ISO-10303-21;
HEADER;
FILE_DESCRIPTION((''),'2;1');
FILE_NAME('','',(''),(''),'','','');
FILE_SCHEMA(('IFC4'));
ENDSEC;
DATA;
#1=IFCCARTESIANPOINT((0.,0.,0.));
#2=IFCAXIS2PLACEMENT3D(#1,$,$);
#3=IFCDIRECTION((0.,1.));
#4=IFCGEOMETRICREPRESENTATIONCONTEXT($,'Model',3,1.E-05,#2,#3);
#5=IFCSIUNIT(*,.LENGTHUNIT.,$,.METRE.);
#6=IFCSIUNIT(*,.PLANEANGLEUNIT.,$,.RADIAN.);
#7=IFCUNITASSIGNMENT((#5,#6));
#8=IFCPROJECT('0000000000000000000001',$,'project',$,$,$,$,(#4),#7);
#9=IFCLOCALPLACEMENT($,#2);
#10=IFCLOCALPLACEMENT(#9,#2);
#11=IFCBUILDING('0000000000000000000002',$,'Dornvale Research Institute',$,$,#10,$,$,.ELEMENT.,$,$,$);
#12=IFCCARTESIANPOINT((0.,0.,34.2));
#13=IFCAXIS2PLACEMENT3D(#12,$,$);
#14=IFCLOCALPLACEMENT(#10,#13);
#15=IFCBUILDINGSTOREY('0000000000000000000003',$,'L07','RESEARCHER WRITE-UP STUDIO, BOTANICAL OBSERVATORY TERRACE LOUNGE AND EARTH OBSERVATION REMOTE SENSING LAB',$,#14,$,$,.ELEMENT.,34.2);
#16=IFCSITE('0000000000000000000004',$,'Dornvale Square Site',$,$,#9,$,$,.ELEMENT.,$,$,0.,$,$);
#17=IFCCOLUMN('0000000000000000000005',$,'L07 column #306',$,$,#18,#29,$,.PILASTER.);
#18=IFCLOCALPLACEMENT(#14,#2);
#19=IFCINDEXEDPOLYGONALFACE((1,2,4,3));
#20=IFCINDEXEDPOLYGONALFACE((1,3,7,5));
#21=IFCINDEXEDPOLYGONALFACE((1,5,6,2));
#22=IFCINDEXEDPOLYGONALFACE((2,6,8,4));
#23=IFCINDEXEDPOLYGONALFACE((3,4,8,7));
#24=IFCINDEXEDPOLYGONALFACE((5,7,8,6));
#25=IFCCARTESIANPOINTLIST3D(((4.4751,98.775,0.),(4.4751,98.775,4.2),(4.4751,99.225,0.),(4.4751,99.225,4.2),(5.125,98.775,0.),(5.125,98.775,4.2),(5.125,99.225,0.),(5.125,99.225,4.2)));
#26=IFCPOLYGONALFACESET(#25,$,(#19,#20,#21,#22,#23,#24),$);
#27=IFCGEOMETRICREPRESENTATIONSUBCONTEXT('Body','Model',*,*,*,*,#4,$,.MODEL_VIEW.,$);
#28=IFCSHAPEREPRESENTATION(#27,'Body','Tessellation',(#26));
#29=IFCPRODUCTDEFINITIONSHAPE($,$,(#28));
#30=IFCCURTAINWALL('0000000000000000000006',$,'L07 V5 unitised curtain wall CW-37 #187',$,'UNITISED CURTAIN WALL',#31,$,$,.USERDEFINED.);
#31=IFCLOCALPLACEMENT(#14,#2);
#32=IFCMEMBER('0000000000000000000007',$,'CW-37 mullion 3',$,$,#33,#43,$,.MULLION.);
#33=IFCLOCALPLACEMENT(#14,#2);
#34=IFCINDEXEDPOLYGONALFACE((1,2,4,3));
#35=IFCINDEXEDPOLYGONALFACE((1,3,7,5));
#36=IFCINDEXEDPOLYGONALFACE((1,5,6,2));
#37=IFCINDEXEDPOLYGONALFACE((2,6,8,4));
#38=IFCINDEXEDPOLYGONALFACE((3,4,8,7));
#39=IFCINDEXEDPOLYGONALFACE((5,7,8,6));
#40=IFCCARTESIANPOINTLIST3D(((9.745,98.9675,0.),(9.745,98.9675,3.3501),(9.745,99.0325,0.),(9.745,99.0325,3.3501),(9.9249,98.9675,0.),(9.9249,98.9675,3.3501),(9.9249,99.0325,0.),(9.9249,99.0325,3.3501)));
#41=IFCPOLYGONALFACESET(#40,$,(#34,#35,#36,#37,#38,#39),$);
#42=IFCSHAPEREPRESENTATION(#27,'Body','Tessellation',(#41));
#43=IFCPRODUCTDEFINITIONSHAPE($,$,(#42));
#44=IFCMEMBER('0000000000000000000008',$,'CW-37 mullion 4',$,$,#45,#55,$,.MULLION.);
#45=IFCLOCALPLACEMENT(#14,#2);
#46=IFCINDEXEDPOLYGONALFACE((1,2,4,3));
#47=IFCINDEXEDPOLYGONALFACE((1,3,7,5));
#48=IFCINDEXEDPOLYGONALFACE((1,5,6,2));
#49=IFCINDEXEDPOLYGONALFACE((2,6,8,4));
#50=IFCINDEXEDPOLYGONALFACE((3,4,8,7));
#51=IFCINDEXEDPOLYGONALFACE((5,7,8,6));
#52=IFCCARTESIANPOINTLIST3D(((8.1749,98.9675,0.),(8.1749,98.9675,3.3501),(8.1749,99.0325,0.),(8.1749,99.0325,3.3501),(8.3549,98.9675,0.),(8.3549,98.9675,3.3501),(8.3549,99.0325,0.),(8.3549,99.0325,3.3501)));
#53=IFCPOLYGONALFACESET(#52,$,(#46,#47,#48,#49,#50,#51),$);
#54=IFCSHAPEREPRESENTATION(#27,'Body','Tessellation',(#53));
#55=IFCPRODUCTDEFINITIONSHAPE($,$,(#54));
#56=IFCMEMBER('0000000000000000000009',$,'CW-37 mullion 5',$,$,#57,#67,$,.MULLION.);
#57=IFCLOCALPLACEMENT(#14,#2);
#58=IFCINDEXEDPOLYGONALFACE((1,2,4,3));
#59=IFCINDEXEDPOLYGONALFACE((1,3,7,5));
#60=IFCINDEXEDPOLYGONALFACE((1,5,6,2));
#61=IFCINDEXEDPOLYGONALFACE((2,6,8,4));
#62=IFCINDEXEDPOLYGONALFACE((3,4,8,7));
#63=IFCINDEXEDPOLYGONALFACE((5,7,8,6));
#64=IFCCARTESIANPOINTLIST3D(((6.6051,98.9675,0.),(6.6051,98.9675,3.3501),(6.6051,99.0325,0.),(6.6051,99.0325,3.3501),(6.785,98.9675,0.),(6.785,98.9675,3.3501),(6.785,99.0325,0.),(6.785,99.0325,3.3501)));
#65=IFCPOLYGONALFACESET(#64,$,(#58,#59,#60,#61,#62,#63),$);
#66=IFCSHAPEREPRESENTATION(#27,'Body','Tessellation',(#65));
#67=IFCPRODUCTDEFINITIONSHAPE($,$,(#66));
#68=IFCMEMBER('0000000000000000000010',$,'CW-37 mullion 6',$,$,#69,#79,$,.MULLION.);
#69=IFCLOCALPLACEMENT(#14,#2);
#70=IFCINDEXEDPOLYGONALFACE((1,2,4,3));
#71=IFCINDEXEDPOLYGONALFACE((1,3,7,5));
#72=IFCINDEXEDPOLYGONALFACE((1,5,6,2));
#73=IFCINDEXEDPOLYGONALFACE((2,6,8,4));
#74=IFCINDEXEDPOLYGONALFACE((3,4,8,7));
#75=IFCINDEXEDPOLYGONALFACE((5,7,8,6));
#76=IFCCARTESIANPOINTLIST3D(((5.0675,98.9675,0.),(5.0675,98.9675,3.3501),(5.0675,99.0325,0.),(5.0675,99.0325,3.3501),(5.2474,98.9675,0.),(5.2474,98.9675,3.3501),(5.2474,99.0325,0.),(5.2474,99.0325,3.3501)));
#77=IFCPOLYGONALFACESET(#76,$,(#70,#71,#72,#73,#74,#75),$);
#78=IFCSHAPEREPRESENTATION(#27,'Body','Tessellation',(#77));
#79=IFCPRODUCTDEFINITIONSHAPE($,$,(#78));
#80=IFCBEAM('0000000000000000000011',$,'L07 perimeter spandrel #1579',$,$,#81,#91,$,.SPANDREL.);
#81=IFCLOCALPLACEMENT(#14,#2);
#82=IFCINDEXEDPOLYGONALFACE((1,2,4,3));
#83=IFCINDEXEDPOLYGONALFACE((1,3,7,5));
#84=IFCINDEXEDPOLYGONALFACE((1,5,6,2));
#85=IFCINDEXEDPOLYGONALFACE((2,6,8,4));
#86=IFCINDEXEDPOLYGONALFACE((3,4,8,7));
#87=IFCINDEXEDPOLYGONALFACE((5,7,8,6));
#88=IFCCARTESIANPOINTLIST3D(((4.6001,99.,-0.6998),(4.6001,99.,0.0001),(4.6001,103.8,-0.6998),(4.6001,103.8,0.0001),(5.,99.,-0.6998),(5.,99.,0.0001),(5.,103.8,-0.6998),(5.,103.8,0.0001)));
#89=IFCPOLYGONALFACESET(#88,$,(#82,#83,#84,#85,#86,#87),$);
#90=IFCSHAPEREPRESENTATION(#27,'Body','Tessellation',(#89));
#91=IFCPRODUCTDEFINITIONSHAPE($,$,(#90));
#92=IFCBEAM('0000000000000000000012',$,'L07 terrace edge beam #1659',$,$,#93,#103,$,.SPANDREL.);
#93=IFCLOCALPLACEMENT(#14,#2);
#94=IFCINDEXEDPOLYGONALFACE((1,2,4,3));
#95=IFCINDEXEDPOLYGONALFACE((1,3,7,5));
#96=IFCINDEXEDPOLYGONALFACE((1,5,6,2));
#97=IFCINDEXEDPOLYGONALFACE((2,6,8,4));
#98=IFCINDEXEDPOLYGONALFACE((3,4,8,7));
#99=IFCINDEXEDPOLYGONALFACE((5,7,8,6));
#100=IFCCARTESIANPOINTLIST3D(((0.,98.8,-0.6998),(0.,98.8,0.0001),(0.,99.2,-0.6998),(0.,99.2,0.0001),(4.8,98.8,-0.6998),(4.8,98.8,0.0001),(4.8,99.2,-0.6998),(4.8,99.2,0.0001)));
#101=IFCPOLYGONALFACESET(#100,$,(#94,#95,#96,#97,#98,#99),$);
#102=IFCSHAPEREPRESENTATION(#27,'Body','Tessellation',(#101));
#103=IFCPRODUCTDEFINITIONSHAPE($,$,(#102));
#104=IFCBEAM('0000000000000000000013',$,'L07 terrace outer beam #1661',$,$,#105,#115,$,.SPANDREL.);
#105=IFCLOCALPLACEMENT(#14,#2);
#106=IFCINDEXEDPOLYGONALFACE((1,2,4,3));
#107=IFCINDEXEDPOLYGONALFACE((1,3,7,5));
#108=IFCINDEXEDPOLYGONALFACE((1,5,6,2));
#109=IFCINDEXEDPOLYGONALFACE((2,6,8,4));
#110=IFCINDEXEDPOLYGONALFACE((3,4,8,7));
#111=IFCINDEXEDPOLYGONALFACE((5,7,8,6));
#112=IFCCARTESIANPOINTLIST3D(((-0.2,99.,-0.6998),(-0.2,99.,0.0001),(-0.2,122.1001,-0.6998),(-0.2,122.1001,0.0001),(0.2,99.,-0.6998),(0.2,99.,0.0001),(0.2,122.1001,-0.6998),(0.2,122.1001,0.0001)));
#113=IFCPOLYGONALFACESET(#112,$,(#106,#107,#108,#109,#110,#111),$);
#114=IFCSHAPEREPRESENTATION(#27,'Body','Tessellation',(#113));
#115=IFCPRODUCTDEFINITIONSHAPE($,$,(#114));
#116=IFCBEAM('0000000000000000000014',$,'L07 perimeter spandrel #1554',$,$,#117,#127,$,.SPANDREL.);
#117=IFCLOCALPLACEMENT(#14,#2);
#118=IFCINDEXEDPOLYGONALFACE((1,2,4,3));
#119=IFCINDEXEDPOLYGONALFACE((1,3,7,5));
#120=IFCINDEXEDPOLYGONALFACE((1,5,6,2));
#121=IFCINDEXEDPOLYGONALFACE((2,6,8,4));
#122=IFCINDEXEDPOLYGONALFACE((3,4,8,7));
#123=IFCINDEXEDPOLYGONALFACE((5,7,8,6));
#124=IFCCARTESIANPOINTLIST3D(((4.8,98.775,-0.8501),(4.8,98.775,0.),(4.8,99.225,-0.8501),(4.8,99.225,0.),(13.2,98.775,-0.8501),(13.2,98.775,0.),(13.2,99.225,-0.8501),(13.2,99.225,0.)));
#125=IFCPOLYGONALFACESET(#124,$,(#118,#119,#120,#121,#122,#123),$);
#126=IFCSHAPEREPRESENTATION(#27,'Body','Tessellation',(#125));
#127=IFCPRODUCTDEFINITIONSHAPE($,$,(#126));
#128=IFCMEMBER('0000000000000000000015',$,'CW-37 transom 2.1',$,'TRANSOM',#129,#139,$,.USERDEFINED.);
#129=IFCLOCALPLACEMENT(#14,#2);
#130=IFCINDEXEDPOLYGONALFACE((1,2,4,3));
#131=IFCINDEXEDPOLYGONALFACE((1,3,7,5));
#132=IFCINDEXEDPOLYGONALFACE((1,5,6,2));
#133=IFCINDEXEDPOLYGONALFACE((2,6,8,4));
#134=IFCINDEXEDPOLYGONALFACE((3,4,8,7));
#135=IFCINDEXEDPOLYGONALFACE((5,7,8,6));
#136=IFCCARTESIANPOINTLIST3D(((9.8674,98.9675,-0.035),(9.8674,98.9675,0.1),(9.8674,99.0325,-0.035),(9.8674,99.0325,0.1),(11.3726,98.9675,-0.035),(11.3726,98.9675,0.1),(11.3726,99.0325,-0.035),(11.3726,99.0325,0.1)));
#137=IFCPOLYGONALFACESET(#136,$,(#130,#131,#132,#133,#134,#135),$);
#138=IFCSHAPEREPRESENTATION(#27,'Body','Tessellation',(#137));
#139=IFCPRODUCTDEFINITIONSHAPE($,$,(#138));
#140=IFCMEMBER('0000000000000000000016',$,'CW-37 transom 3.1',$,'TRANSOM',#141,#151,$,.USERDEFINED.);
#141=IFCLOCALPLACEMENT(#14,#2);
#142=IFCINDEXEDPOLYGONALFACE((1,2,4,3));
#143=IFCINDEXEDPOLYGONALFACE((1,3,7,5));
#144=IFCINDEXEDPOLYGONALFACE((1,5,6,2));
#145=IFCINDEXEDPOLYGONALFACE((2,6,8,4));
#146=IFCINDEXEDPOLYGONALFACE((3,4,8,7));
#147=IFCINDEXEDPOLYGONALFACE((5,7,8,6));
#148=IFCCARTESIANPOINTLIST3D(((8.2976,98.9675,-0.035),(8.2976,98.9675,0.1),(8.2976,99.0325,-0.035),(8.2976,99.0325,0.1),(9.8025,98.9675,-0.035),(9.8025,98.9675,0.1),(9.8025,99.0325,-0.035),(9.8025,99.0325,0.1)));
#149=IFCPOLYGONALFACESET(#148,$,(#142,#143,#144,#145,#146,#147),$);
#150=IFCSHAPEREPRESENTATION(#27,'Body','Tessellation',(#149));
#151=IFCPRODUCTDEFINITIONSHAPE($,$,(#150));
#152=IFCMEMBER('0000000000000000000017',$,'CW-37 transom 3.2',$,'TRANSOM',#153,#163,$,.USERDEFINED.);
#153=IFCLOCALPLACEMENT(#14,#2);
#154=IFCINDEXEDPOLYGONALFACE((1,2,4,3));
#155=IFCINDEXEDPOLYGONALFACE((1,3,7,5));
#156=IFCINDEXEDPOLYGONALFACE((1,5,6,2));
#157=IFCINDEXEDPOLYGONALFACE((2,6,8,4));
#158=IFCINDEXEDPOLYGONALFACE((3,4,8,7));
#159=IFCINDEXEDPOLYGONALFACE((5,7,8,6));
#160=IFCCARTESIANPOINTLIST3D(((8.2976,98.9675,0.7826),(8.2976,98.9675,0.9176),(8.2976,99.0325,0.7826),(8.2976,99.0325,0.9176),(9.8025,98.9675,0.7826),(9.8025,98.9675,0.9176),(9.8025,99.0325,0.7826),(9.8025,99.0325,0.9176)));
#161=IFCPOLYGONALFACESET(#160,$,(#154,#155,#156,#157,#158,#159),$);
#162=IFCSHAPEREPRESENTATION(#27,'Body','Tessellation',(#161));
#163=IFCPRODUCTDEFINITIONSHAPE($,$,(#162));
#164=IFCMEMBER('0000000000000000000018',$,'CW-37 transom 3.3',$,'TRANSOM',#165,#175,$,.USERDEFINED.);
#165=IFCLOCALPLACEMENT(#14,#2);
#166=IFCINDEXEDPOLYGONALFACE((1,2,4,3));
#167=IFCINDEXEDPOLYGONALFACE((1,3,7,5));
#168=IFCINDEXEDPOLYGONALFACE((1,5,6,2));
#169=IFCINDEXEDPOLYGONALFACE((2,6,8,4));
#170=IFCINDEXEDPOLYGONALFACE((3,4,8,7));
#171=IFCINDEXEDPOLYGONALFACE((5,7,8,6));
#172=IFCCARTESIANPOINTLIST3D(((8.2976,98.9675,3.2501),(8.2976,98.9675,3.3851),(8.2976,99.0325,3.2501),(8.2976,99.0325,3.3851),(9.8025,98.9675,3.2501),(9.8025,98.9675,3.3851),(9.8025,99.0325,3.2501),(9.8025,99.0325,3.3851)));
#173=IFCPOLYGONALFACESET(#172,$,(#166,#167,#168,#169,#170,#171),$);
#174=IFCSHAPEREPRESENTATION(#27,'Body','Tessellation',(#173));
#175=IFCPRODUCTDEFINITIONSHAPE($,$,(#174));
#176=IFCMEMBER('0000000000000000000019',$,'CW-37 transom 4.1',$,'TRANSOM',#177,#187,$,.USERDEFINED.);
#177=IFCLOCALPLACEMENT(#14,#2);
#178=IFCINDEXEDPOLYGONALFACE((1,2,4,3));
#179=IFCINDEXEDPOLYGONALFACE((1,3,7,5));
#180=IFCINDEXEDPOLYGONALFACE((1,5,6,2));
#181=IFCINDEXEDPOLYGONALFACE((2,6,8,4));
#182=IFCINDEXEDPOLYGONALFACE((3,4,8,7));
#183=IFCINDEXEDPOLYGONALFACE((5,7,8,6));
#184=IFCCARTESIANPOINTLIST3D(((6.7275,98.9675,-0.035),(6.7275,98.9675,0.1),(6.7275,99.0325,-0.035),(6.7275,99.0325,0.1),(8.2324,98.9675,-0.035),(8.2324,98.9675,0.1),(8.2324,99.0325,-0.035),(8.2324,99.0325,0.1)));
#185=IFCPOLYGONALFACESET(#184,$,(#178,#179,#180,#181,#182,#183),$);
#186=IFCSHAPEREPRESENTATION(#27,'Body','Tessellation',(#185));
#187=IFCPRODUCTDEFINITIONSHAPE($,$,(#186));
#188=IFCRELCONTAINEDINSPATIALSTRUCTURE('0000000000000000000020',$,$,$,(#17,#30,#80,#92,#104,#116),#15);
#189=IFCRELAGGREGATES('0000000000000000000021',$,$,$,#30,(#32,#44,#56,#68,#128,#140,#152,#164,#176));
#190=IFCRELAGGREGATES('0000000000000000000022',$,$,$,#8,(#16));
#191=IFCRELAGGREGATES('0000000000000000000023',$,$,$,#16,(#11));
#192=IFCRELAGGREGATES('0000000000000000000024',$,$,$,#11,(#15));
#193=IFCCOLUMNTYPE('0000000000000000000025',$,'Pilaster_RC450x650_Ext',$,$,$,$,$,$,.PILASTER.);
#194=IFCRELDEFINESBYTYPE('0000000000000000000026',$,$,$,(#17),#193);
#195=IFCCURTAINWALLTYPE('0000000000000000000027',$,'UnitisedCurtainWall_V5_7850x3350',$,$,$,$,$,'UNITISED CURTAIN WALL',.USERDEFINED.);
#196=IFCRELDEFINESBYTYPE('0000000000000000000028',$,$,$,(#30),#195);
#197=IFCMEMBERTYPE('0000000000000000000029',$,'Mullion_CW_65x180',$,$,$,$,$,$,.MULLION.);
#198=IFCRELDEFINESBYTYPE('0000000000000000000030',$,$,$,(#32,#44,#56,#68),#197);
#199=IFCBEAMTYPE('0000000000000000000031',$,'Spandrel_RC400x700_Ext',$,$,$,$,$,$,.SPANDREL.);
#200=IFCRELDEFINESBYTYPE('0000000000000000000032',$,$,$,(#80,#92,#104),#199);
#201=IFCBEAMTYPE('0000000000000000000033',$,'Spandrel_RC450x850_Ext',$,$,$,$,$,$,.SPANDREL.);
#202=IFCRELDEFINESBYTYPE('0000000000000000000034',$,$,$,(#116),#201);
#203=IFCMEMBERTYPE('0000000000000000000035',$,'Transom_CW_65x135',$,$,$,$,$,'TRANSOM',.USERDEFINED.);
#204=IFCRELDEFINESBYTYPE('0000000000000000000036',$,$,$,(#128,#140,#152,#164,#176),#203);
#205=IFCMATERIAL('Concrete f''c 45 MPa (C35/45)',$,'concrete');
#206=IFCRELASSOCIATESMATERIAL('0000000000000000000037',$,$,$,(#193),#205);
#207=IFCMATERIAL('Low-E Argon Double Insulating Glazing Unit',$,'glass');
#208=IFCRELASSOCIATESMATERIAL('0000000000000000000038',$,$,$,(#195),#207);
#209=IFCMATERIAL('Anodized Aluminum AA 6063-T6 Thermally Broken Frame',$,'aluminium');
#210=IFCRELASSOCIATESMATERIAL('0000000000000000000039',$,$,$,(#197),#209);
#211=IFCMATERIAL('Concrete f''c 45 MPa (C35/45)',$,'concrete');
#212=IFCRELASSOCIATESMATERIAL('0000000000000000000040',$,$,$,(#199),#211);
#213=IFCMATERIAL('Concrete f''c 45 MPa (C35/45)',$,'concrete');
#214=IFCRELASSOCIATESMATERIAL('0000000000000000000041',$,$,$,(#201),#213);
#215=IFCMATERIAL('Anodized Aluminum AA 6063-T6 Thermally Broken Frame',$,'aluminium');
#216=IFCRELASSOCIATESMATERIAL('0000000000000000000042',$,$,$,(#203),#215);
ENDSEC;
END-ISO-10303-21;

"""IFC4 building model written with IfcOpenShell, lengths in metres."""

from ifc_helpers import new_model, si_unit, direction, frame, origin, origin_2d, place, context, subcontext, project, spatial, rectangle, extrude, material, material_profile, profile_set, type_object, element, aggregate, save


model = new_model("IFC4")

# Units and contexts
model_context = context("Model", 3, precision=1e-05, world=origin(), true_north=direction((0.0, 1.0)))
body_context = subcontext(model_context, "Body", "Model", "MODEL_VIEW")
ifc_project = project(units=[si_unit("LENGTHUNIT", "METRE"), si_unit("PLANEANGLEUNIT", "RADIAN")], contexts=[model_context])

# Site, building, storey
site_placement = place(None, origin())
site = spatial("IfcSite", under=ifc_project, at=site_placement, Name="Dornvale Square Site", CompositionType="ELEMENT", RefElevation=0.0)
building_placement = place(site_placement, origin())
building = spatial("IfcBuilding", under=site, at=building_placement, Name="Dornvale Research Institute", CompositionType="ELEMENT")
storey_placement = place(building_placement, frame((0.0, 0.0, 34.2)))
storey = spatial("IfcBuildingStorey", under=building, at=storey_placement, Name="L07", Description="RESEARCHER WRITE-UP STUDIO, BOTANICAL OBSERVATORY TERRACE LOUNGE AND EARTH OBSERVATION REMOTE SENSING LAB", CompositionType="ELEMENT", Elevation=34.2)

# Column
ifc_material_1 = material(Name="Concrete f'c 45 MPa (C35/45)", Category="concrete")
ifc_material_profile_1 = material_profile(ifc_material_1, rectangle(XDim=0.45, YDim=0.6499, at=origin_2d()), Name="RC 450x650")
ifc_profile_set_1 = profile_set([ifc_material_profile_1], Name="Concrete f'c 45 MPa (C35/45)")
column_type = type_object("IfcColumnType", Name="Pilaster_RC450x650_Ext", PredefinedType="PILASTER", material=ifc_profile_set_1)
column_placement = place(storey_placement, frame((4.8, 99.0, 0.0), z_axis=(0.0, 0.0, 1.0), x_axis=(0.0, 1.0, 0.0)))
element("IfcColumn", 1, at=column_placement, inside=storey, type_object=column_type, Name="L07 column #306", PredefinedType="PILASTER", context=body_context, shape_type="SweptSolid", body=[
    extrude(rectangle(XDim=0.45, YDim=0.6499, at=origin_2d()), origin(), (0.0, 0.0, 1.0), 4.2),
])

# Curtain wall, members
ifc_material_2 = material(Name="Low-E Argon Double Insulating Glazing Unit", Category="glass")
curtain_wall_type = type_object("IfcCurtainWallType", Name="UnitisedCurtainWall_V5_7850x3350", ElementType="UNITISED CURTAIN WALL", PredefinedType="USERDEFINED", material=ifc_material_2)
curtain_wall_placement = place(storey_placement, origin())
curtain_wall = element("IfcCurtainWall", 2, at=curtain_wall_placement, inside=storey, type_object=curtain_wall_type, Name="L07 V5 unitised curtain wall CW-37 #187", ObjectType="UNITISED CURTAIN WALL", PredefinedType="USERDEFINED")
ifc_material_3 = material(Name="Anodized Aluminum AA 6063-T6 Thermally Broken Frame", Category="aluminium")
ifc_material_profile_2 = material_profile(ifc_material_3, rectangle(XDim=0.0649, YDim=0.1799, at=origin_2d()), Name="ALU MULLION 65x180")
ifc_profile_set_2 = profile_set([ifc_material_profile_2], Name="Anodized Aluminum AA 6063-T6 Thermally Broken Frame")
member_type_1 = type_object("IfcMemberType", Name="Mullion_CW_65x180", PredefinedType="MULLION", material=ifc_profile_set_2)
member_1_placement = place(storey_placement, frame((9.835, 99.0, 0.0), z_axis=(0.0, 0.0, 1.0), x_axis=(0.0, -1.0, 0.0)))
member_1 = element("IfcMember", 3, at=member_1_placement, type_object=member_type_1, Name="CW-37 mullion 3", PredefinedType="MULLION", context=body_context, shape_type="SweptSolid", body=[
    extrude(rectangle(XDim=0.0649, YDim=0.1799, at=origin_2d()), origin(), (0.0, 0.0, 1.0), 3.3501),
])
member_2_placement = place(storey_placement, frame((8.2649, 99.0, 0.0), z_axis=(0.0, 0.0, 1.0), x_axis=(0.0, -1.0, 0.0)))
member_2 = element("IfcMember", 4, at=member_2_placement, type_object=member_type_1, Name="CW-37 mullion 4", PredefinedType="MULLION", context=body_context, shape_type="SweptSolid", body=[
    extrude(rectangle(XDim=0.0649, YDim=0.1799, at=origin_2d()), origin(), (0.0, 0.0, 1.0), 3.3501),
])
member_3_placement = place(storey_placement, frame((6.6951, 99.0, 0.0), z_axis=(0.0, 0.0, 1.0), x_axis=(0.0, -1.0, 0.0)))
member_3 = element("IfcMember", 5, at=member_3_placement, type_object=member_type_1, Name="CW-37 mullion 5", PredefinedType="MULLION", context=body_context, shape_type="SweptSolid", body=[
    extrude(rectangle(XDim=0.0649, YDim=0.1799, at=origin_2d()), origin(), (0.0, 0.0, 1.0), 3.3501),
])
member_4_placement = place(storey_placement, frame((5.1575, 99.0, 0.0), z_axis=(0.0, 0.0, 1.0), x_axis=(0.0, -1.0, 0.0)))
member_4 = element("IfcMember", 6, at=member_4_placement, type_object=member_type_1, Name="CW-37 mullion 6", PredefinedType="MULLION", context=body_context, shape_type="SweptSolid", body=[
    extrude(rectangle(XDim=0.0649, YDim=0.1799, at=origin_2d()), origin(), (0.0, 0.0, 1.0), 3.3501),
])

# Beams
ifc_material_4 = material(Name="Concrete f'c 45 MPa (C35/45)", Category="concrete")
ifc_material_profile_3 = material_profile(ifc_material_4, rectangle(XDim=0.3999, YDim=0.7, at=origin_2d()), Name="RC 400x700")
ifc_profile_set_3 = profile_set([ifc_material_profile_3], Name="Concrete f'c 45 MPa (C35/45)")
beam_type_1 = type_object("IfcBeamType", Name="Spandrel_RC400x700_Ext", PredefinedType="SPANDREL", material=ifc_profile_set_3)
for number, where, z_axis, x_axis, name in (
    (7, (4.8, 99.0, -0.3499), (0.0, 1.0, 0.0), (-1.0, 0.0, 0.0), "L07 perimeter spandrel #1579"),
    (8, (0.0, 99.0, -0.3499), (1.0, 0.0, 0.0), (0.0, 1.0, 0.0), "L07 terrace edge beam #1659"),
):
    element("IfcBeam", number, at=place(storey_placement, frame(where, z_axis=z_axis, x_axis=x_axis)), inside=storey, type_object=beam_type_1, Name=name, PredefinedType="SPANDREL", context=body_context, shape_type="SweptSolid", body=[
        extrude(rectangle(XDim=0.3999, YDim=0.7, at=origin_2d()), origin(), (0.0, 0.0, 1.0), 4.8),
    ])
beam_1_placement = place(storey_placement, frame((0.0, 99.0, -0.3499), z_axis=(0.0, 1.0, 0.0), x_axis=(-1.0, 0.0, 0.0)))
element("IfcBeam", 9, at=beam_1_placement, inside=storey, type_object=beam_type_1, Name="L07 terrace outer beam #1661", PredefinedType="SPANDREL", context=body_context, shape_type="SweptSolid", body=[
    extrude(rectangle(XDim=0.3999, YDim=0.7, at=origin_2d()), origin(), (0.0, 0.0, 1.0), 23.1001),
])
ifc_material_5 = material(Name="Concrete f'c 45 MPa (C35/45)", Category="concrete")
ifc_material_profile_4 = material_profile(ifc_material_5, rectangle(XDim=0.45, YDim=0.8501, at=origin_2d()), Name="RC 450x850")
ifc_profile_set_4 = profile_set([ifc_material_profile_4], Name="Concrete f'c 45 MPa (C35/45)")
beam_type_2 = type_object("IfcBeamType", Name="Spandrel_RC450x850_Ext", PredefinedType="SPANDREL", material=ifc_profile_set_4)
beam_2_placement = place(storey_placement, frame((4.8, 99.0, -0.425), z_axis=(1.0, 0.0, 0.0), x_axis=(0.0, 1.0, 0.0)))
element("IfcBeam", 10, at=beam_2_placement, inside=storey, type_object=beam_type_2, Name="L07 perimeter spandrel #1554", PredefinedType="SPANDREL", context=body_context, shape_type="SweptSolid", body=[
    extrude(rectangle(XDim=0.45, YDim=0.8501, at=origin_2d()), origin(), (0.0, 0.0, 1.0), 8.3999),
])

# Members
ifc_material_6 = material(Name="Anodized Aluminum AA 6063-T6 Thermally Broken Frame", Category="aluminium")
ifc_material_profile_5 = material_profile(ifc_material_6, rectangle(XDim=0.0649, YDim=0.135, at=origin_2d()), Name="ALU TRANSOM 65x135")
ifc_profile_set_5 = profile_set([ifc_material_profile_5], Name="Anodized Aluminum AA 6063-T6 Thermally Broken Frame")
member_type_2 = type_object("IfcMemberType", Name="Transom_CW_65x135", ElementType="TRANSOM", PredefinedType="USERDEFINED", material=ifc_profile_set_5)
member_5_placement = place(storey_placement, frame((11.3726, 99.0, 0.0325), z_axis=(-1.0, 0.0, 0.0), x_axis=(0.0, -1.0, 0.0)))
member_5 = element("IfcMember", 11, at=member_5_placement, type_object=member_type_2, Name="CW-37 transom 2.1", ObjectType="TRANSOM", PredefinedType="USERDEFINED", context=body_context, shape_type="SweptSolid", body=[
    extrude(rectangle(XDim=0.0649, YDim=0.135, at=origin_2d()), origin(), (0.0, 0.0, 1.0), 1.5051),
])
member_6_placement = place(storey_placement, frame((9.8025, 99.0, 0.0325), z_axis=(-1.0, 0.0, 0.0), x_axis=(0.0, -1.0, 0.0)))
member_6 = element("IfcMember", 12, at=member_6_placement, type_object=member_type_2, Name="CW-37 transom 3.1", ObjectType="TRANSOM", PredefinedType="USERDEFINED", context=body_context, shape_type="SweptSolid", body=[
    extrude(rectangle(XDim=0.0649, YDim=0.135, at=origin_2d()), origin(), (0.0, 0.0, 1.0), 1.5049),
])
member_7_placement = place(storey_placement, frame((9.8025, 99.0, 0.8501), z_axis=(-1.0, 0.0, 0.0), x_axis=(0.0, -1.0, 0.0)))
member_7 = element("IfcMember", 13, at=member_7_placement, type_object=member_type_2, Name="CW-37 transom 3.2", ObjectType="TRANSOM", PredefinedType="USERDEFINED", context=body_context, shape_type="SweptSolid", body=[
    extrude(rectangle(XDim=0.0649, YDim=0.135, at=origin_2d()), origin(), (0.0, 0.0, 1.0), 1.5049),
])
member_8_placement = place(storey_placement, frame((9.8025, 99.0, 3.3176), z_axis=(-1.0, 0.0, 0.0), x_axis=(0.0, -1.0, 0.0)))
member_8 = element("IfcMember", 14, at=member_8_placement, type_object=member_type_2, Name="CW-37 transom 3.3", ObjectType="TRANSOM", PredefinedType="USERDEFINED", context=body_context, shape_type="SweptSolid", body=[
    extrude(rectangle(XDim=0.0649, YDim=0.135, at=origin_2d()), origin(), (0.0, 0.0, 1.0), 1.5049),
])
member_9_placement = place(storey_placement, frame((8.2324, 99.0, 0.0325), z_axis=(-1.0, 0.0, 0.0), x_axis=(0.0, -1.0, 0.0)))
member_9 = element("IfcMember", 15, at=member_9_placement, type_object=member_type_2, Name="CW-37 transom 4.1", ObjectType="TRANSOM", PredefinedType="USERDEFINED", context=body_context, shape_type="SweptSolid", body=[
    extrude(rectangle(XDim=0.0649, YDim=0.135, at=origin_2d()), origin(), (0.0, 0.0, 1.0), 1.5049),
])

aggregate(curtain_wall, [member_1, member_2, member_3, member_4, member_5, member_6, member_7, member_8, member_9])

save(model, "model.ifc")
